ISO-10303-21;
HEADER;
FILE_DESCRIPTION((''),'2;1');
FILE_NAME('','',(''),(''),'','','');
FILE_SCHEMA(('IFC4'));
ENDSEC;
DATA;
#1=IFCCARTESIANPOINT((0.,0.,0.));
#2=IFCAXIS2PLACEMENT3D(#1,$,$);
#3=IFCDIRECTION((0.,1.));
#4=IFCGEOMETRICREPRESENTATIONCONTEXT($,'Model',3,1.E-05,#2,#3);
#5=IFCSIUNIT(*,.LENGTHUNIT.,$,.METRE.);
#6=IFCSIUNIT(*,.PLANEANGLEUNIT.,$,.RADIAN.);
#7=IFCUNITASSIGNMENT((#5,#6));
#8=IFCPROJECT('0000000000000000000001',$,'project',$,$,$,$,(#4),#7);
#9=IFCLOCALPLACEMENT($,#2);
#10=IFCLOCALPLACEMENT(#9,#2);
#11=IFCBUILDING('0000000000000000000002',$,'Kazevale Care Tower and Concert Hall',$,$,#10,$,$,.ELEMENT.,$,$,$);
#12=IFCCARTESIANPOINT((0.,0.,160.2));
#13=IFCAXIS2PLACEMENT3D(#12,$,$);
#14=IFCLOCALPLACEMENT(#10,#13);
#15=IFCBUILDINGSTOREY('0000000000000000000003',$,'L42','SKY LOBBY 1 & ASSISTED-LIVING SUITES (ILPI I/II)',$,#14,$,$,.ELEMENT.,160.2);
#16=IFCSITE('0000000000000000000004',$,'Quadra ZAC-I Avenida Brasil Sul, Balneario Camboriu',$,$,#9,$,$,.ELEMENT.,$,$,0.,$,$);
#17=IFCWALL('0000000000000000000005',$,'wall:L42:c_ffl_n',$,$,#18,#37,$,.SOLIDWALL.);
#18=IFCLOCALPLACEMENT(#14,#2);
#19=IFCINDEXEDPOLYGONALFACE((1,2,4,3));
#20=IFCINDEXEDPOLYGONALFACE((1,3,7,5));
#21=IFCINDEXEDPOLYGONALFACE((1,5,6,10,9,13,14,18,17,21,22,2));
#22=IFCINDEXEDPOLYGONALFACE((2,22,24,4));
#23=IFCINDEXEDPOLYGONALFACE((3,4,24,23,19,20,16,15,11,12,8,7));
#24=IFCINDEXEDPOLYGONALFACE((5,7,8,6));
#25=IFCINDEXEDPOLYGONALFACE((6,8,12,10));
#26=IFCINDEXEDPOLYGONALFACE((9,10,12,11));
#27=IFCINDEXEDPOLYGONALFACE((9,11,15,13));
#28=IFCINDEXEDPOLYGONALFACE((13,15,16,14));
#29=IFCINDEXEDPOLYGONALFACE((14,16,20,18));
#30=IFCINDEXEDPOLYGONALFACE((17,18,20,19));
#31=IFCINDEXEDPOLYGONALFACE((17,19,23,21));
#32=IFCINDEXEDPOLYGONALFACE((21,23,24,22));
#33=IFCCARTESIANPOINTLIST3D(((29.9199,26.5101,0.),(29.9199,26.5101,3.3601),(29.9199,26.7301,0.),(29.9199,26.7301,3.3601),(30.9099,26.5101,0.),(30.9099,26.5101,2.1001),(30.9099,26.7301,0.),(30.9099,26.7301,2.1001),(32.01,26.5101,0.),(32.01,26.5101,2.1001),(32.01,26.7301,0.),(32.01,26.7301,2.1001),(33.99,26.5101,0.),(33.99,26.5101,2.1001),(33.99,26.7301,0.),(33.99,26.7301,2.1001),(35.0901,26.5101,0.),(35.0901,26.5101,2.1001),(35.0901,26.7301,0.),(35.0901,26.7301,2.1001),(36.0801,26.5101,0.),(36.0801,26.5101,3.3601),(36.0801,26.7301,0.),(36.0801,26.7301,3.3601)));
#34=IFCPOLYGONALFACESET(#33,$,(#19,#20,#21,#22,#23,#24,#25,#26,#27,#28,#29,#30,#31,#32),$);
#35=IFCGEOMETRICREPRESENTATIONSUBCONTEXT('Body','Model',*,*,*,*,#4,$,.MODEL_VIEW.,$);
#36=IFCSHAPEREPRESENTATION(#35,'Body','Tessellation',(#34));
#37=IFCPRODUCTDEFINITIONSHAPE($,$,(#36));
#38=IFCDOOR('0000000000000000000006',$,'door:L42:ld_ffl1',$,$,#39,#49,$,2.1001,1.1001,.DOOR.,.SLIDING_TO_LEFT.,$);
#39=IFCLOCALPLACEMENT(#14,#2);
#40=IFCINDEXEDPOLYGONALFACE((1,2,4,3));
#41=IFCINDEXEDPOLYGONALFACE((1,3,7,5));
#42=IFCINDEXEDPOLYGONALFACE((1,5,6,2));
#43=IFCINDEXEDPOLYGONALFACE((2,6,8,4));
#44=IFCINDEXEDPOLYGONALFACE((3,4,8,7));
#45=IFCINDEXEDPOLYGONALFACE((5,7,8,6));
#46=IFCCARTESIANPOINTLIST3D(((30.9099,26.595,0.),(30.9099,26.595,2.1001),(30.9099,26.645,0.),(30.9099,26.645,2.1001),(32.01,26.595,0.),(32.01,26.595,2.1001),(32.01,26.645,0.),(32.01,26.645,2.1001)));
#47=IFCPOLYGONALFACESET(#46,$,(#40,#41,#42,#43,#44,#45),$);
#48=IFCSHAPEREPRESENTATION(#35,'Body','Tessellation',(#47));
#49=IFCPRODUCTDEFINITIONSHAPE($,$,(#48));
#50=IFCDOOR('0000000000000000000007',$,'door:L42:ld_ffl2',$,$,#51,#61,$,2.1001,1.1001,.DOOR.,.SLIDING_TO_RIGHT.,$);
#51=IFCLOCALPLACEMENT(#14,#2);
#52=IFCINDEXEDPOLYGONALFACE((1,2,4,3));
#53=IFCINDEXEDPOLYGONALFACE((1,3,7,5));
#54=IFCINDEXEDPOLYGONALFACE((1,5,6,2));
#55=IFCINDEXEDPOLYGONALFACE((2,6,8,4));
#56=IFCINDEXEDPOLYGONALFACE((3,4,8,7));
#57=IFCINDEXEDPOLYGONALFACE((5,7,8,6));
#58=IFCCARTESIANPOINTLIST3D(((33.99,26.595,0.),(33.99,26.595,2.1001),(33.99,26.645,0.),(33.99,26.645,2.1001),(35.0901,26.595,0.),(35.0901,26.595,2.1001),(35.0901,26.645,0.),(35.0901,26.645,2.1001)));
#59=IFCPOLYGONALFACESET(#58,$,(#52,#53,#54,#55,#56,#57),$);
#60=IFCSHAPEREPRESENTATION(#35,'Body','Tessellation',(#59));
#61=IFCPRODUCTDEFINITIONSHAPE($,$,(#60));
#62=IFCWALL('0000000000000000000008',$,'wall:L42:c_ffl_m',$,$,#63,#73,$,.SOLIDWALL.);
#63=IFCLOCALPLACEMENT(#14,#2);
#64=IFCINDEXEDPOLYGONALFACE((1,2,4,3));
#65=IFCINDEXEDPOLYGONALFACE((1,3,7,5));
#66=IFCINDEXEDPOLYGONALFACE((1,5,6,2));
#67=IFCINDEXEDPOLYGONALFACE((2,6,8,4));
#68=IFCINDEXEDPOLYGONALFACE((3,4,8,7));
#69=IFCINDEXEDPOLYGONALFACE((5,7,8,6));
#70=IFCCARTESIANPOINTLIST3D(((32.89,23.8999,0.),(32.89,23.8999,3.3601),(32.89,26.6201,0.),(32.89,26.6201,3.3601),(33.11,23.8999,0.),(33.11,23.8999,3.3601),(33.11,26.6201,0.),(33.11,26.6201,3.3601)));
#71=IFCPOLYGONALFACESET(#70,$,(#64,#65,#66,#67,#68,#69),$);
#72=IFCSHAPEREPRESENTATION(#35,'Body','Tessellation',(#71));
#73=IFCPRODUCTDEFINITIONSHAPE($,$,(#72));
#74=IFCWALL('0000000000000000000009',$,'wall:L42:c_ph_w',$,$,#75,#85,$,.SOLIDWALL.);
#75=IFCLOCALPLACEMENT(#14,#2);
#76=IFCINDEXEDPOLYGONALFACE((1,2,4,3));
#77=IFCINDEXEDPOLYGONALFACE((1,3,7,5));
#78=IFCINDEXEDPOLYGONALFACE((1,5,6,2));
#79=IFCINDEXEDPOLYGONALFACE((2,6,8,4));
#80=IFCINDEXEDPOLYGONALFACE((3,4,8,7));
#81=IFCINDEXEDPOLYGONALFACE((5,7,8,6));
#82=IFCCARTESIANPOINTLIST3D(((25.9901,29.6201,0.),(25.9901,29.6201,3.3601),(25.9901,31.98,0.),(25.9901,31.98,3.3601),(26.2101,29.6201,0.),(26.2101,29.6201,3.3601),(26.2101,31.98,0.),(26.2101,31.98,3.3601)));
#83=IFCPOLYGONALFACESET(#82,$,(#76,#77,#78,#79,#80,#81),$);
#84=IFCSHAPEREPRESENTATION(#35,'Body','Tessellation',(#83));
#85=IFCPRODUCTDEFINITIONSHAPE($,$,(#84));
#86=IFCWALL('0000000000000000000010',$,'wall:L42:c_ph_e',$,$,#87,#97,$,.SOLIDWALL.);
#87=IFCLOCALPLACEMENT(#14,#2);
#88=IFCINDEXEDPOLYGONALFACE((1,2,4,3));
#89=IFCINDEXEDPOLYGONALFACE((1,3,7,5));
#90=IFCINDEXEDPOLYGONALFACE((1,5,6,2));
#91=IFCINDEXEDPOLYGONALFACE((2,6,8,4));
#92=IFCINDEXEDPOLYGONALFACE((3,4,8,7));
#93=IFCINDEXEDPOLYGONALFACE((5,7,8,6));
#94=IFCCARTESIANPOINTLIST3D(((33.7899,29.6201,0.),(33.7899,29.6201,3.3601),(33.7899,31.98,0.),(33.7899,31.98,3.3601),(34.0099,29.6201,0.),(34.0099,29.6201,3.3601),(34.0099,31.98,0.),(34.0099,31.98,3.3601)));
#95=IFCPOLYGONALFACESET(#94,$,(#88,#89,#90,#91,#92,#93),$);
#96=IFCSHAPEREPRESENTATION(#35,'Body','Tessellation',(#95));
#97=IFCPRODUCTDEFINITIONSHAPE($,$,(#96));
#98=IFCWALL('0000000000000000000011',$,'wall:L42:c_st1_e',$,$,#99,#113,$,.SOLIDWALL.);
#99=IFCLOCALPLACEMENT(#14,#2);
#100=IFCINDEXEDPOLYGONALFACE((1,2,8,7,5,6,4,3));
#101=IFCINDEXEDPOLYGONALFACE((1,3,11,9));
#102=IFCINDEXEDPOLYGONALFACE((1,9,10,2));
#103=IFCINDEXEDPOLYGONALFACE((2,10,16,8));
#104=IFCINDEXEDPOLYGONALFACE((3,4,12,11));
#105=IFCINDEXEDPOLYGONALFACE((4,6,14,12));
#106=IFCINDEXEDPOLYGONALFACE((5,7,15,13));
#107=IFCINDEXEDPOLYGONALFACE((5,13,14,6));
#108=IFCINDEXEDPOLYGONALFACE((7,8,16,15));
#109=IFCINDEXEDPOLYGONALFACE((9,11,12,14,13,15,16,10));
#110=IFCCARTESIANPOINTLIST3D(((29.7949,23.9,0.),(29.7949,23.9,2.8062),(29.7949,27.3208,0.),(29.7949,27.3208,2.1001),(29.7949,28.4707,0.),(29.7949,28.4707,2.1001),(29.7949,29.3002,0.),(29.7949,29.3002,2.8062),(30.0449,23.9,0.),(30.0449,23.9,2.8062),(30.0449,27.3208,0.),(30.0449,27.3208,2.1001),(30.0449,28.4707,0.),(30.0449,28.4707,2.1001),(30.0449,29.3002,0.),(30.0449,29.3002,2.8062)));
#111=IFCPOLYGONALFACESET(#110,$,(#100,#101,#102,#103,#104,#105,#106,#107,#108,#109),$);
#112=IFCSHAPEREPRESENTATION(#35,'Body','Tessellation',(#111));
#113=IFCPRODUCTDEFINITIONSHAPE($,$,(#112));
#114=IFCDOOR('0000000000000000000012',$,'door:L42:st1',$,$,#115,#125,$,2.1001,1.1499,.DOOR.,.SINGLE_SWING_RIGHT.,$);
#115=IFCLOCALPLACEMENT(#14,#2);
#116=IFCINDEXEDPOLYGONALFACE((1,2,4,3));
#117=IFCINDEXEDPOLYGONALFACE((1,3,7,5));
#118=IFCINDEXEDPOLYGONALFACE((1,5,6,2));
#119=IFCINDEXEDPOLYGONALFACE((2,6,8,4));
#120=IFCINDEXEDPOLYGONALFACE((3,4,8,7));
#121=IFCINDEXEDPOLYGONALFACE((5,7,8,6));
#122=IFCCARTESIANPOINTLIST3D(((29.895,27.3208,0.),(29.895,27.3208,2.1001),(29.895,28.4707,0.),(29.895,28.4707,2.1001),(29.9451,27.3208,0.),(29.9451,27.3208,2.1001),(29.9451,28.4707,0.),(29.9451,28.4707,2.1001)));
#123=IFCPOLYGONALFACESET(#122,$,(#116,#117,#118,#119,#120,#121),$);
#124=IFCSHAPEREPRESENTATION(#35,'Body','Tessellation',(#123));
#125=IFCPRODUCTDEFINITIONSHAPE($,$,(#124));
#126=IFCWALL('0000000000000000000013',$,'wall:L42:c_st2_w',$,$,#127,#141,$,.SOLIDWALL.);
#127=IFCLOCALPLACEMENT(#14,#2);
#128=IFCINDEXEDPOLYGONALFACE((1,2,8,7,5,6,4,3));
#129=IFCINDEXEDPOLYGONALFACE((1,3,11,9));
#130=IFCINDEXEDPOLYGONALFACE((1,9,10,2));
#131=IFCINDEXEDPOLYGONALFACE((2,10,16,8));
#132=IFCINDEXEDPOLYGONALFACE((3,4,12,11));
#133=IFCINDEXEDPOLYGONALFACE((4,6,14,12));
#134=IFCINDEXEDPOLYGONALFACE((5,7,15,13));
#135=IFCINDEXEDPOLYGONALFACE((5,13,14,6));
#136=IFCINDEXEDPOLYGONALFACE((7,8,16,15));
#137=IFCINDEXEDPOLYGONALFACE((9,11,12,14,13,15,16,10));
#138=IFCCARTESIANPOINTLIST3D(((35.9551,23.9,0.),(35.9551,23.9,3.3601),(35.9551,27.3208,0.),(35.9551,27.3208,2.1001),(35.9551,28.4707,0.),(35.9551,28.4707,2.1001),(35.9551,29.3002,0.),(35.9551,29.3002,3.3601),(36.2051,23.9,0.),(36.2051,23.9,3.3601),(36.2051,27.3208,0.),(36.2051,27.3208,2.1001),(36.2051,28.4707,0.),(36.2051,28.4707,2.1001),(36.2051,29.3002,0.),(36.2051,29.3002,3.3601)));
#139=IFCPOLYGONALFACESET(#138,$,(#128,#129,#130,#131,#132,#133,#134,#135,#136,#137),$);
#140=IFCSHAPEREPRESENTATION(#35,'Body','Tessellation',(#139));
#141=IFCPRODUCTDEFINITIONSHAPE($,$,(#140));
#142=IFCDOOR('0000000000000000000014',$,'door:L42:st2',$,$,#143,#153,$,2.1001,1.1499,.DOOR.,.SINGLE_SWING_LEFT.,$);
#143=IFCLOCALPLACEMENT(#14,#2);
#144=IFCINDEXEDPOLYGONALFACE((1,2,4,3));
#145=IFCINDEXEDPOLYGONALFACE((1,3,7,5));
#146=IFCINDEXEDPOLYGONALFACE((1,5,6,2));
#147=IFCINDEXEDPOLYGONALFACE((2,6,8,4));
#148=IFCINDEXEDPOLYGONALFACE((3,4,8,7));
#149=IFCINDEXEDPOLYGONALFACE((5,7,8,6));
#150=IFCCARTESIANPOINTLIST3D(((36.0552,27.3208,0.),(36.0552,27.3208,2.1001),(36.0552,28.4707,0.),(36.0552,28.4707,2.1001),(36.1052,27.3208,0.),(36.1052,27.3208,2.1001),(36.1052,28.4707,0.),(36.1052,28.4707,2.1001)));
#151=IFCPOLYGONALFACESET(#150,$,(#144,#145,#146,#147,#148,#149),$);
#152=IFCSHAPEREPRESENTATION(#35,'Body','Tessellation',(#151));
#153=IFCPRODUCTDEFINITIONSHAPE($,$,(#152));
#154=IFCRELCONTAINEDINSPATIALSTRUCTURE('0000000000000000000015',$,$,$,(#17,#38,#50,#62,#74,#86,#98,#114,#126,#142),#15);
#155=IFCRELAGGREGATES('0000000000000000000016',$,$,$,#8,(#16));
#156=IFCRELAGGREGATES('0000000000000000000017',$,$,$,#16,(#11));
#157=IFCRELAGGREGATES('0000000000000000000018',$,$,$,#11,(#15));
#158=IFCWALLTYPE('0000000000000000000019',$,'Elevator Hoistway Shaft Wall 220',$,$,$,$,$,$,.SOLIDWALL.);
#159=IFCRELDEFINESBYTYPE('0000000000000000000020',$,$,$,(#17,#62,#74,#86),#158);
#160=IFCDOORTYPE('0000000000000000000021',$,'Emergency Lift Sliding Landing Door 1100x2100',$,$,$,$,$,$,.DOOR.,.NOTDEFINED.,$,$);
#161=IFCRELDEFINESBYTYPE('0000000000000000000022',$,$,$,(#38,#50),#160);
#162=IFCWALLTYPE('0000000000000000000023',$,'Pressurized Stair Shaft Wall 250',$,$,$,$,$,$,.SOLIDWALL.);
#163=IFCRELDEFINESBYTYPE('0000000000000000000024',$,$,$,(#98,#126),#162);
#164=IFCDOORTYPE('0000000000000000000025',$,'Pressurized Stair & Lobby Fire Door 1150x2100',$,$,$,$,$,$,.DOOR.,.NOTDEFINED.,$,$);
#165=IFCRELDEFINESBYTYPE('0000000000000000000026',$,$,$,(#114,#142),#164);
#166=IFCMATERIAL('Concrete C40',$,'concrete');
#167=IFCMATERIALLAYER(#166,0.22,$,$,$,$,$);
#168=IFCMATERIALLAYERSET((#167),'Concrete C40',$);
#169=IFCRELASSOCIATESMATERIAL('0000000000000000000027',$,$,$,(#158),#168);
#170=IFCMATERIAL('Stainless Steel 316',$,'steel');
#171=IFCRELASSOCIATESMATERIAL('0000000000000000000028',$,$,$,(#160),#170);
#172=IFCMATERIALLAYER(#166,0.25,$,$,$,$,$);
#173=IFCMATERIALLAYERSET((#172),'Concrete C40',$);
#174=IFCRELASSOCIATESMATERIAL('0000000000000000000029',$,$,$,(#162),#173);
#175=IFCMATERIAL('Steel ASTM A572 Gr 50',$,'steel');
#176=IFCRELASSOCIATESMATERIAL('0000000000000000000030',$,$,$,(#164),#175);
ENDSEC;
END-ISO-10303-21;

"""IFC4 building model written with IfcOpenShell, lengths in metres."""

from ifc_helpers import new_model, si_unit, direction, frame, frame_2d, origin, place, context, subcontext, project, spatial, rectangle, extrude, material, layer, layer_set, type_object, element, fill, save


model = new_model("IFC4")

# Units and contexts
model_context = context("Model", 3, precision=1e-05, world=origin(), true_north=direction((0.0, 1.0)))
body_context = subcontext(model_context, "Body", "Model", "MODEL_VIEW")
ifc_project = project(units=[si_unit("LENGTHUNIT", "METRE"), si_unit("PLANEANGLEUNIT", "RADIAN")], contexts=[model_context])

# Site, building, storey
site_placement = place(None, origin())
site = spatial("IfcSite", under=ifc_project, at=site_placement, Name="Quadra ZAC-I Avenida Brasil Sul, Balneario Camboriu", CompositionType="ELEMENT", RefElevation=0.0)
building_placement = place(site_placement, origin())
building = spatial("IfcBuilding", under=site, at=building_placement, Name="Kazevale Care Tower and Concert Hall", CompositionType="ELEMENT")
storey_placement = place(building_placement, frame((0.0, 0.0, 160.2)))
storey = spatial("IfcBuildingStorey", under=building, at=storey_placement, Name="L42", Description="SKY LOBBY 1 & ASSISTED-LIVING SUITES (ILPI I/II)", CompositionType="ELEMENT", Elevation=160.2)

# Shared definitions
ifc_material_1 = material(Name="Steel ASTM A572 Gr 50", Category="steel")

# Wall, openings, doors
ifc_material_2 = material(Name="Concrete C40", Category="concrete")
ifc_layer_1 = layer(ifc_material_2, 0.22)
ifc_layer_set_1 = layer_set([ifc_layer_1], Name="Concrete C40")
wall_type_1 = type_object("IfcWallType", Name="Elevator Hoistway Shaft Wall 220", PredefinedType="SOLIDWALL", material=ifc_layer_set_1)
wall_1_placement = place(storey_placement, frame((29.9199, 26.6201, 0.0), z_axis=(0.0, 0.0, 1.0), x_axis=(1.0, 0.0, 0.0)))
wall_1 = element("IfcWall", 1, at=wall_1_placement, inside=storey, type_object=wall_type_1, Name="wall:L42:c_ffl_n", PredefinedType="SOLIDWALL", context=body_context, shape_type="SweptSolid", body=[
    extrude(rectangle(XDim=6.1602, YDim=0.22, at=frame_2d((3.0801, 0.0))), origin(), (0.0, 0.0, 1.0), 3.3601),
])
opening_1_placement = place(wall_1_placement, frame((0.99, 0.0, 0.0)))
opening_1 = element("IfcOpeningElement", 2, at=opening_1_placement, cuts=wall_1, PredefinedType="OPENING", context=body_context, shape_type="SweptSolid", body=[
    extrude(rectangle(XDim=1.1001, YDim=2.1001, at=frame_2d((0.55, 1.05))), frame((0.0, 0.1199, 0.0), z_axis=(0.0, -1.0, 0.0), x_axis=(1.0, 0.0, 0.0)), (0.0, 0.0, 1.0), 0.24),
])
opening_2_placement = place(wall_1_placement, frame((4.0701, 0.0, 0.0)))
opening_2 = element("IfcOpeningElement", 3, at=opening_2_placement, cuts=wall_1, PredefinedType="OPENING", context=body_context, shape_type="SweptSolid", body=[
    extrude(rectangle(XDim=1.1001, YDim=2.1001, at=frame_2d((0.55, 1.05))), frame((0.0, 0.1199, 0.0), z_axis=(0.0, -1.0, 0.0), x_axis=(1.0, 0.0, 0.0)), (0.0, 0.0, 1.0), 0.24),
])
ifc_material_3 = material(Name="Stainless Steel 316", Category="steel")
door_type_1 = type_object("IfcDoorType", Name="Emergency Lift Sliding Landing Door 1100x2100", OperationType="NOTDEFINED", PredefinedType="DOOR", material=ifc_material_3)
door_1_placement = place(opening_1_placement, origin())
door_1 = element("IfcDoor", 4, at=door_1_placement, inside=storey, type_object=door_type_1, Name="door:L42:ld_ffl1", OperationType="SLIDING_TO_LEFT", OverallHeight=2.1001, OverallWidth=1.1001, PredefinedType="DOOR", context=body_context, shape_type="SweptSolid", body=[
    extrude(rectangle(XDim=1.1001, YDim=2.1001, at=frame_2d((0.55, 1.05))), frame((0.0, 0.0249, 0.0), z_axis=(0.0, -1.0, 0.0), x_axis=(1.0, 0.0, 0.0)), (0.0, 0.0, 1.0), 0.05),
])
fill(opening_1, door_1)
door_2_placement = place(opening_2_placement, origin())
door_2 = element("IfcDoor", 5, at=door_2_placement, inside=storey, type_object=door_type_1, Name="door:L42:ld_ffl2", OperationType="SLIDING_TO_RIGHT", OverallHeight=2.1001, OverallWidth=1.1001, PredefinedType="DOOR", context=body_context, shape_type="SweptSolid", body=[
    extrude(rectangle(XDim=1.1001, YDim=2.1001, at=frame_2d((0.55, 1.05))), frame((0.0, 0.0249, 0.0), z_axis=(0.0, -1.0, 0.0), x_axis=(1.0, 0.0, 0.0)), (0.0, 0.0, 1.0), 0.05),
])
fill(opening_2, door_2)

# Walls
wall_2_placement = place(storey_placement, frame((33.0, 23.8999, 0.0), z_axis=(0.0, 0.0, 1.0), x_axis=(0.0, 1.0, 0.0)))
element("IfcWall", 6, at=wall_2_placement, inside=storey, type_object=wall_type_1, Name="wall:L42:c_ffl_m", PredefinedType="SOLIDWALL", context=body_context, shape_type="SweptSolid", body=[
    extrude(rectangle(XDim=2.7202, YDim=0.22, at=frame_2d((1.3601, 0.0))), origin(), (0.0, 0.0, 1.0), 3.3601),
])
for number, where, z_axis, x_axis, name in (
    (7, (26.1001, 29.6201, 0.0), (0.0, 0.0, 1.0), (0.0, 1.0, 0.0), "wall:L42:c_ph_w"),
    (8, (33.8999, 29.6201, 0.0), (0.0, 0.0, 1.0), (0.0, 1.0, 0.0), "wall:L42:c_ph_e"),
):
    element("IfcWall", number, at=place(storey_placement, frame(where, z_axis=z_axis, x_axis=x_axis)), inside=storey, type_object=wall_type_1, Name=name, PredefinedType="SOLIDWALL", context=body_context, shape_type="SweptSolid", body=[
        extrude(rectangle(XDim=2.3599, YDim=0.22, at=frame_2d((1.1799, 0.0))), origin(), (0.0, 0.0, 1.0), 3.3601),
    ])

# Walls, openings, doors
ifc_layer_2 = layer(ifc_material_2, 0.25)
ifc_layer_set_2 = layer_set([ifc_layer_2], Name="Concrete C40")
wall_type_2 = type_object("IfcWallType", Name="Pressurized Stair Shaft Wall 250", PredefinedType="SOLIDWALL", material=ifc_layer_set_2)
wall_3_placement = place(storey_placement, frame((29.9199, 23.8999, 0.0), z_axis=(0.0, 0.0, 1.0), x_axis=(0.0, 1.0, 0.0)))
wall_3 = element("IfcWall", 9, at=wall_3_placement, inside=storey, type_object=wall_type_2, Name="wall:L42:c_st1_e", PredefinedType="SOLIDWALL", context=body_context, shape_type="SweptSolid", body=[
    extrude(rectangle(XDim=5.4001, YDim=0.25, at=frame_2d((2.7002, 0.0))), origin(), (0.0, 0.0, 1.0), 2.8062),
])
opening_3_placement = place(wall_3_placement, frame((3.4209, 0.0, 0.0)))
opening_3 = element("IfcOpeningElement", 10, at=opening_3_placement, cuts=wall_3, PredefinedType="OPENING", context=body_context, shape_type="SweptSolid", body=[
    extrude(rectangle(XDim=1.1499, YDim=2.1001, at=frame_2d((0.575, 1.05))), frame((0.0, 0.135, 0.0), z_axis=(0.0, -1.0, 0.0), x_axis=(1.0, 0.0, 0.0)), (0.0, 0.0, 1.0), 0.27),
])
door_type_2 = type_object("IfcDoorType", Name="Pressurized Stair & Lobby Fire Door 1150x2100", OperationType="NOTDEFINED", PredefinedType="DOOR", material=ifc_material_1)
door_3_placement = place(opening_3_placement, origin())
door_3 = element("IfcDoor", 11, at=door_3_placement, inside=storey, type_object=door_type_2, Name="door:L42:st1", OperationType="SINGLE_SWING_RIGHT", OverallHeight=2.1001, OverallWidth=1.1499, PredefinedType="DOOR", context=body_context, shape_type="SweptSolid", body=[
    extrude(rectangle(XDim=1.1499, YDim=2.1001, at=frame_2d((0.575, 1.05))), frame((0.0, 0.0249, 0.0), z_axis=(0.0, -1.0, 0.0), x_axis=(1.0, 0.0, 0.0)), (0.0, 0.0, 1.0), 0.05),
])
fill(opening_3, door_3)
wall_4_placement = place(storey_placement, frame((36.0801, 23.8999, 0.0), z_axis=(0.0, 0.0, 1.0), x_axis=(0.0, 1.0, 0.0)))
wall_4 = element("IfcWall", 12, at=wall_4_placement, inside=storey, type_object=wall_type_2, Name="wall:L42:c_st2_w", PredefinedType="SOLIDWALL", context=body_context, shape_type="SweptSolid", body=[
    extrude(rectangle(XDim=5.4001, YDim=0.25, at=frame_2d((2.7002, 0.0))), origin(), (0.0, 0.0, 1.0), 3.3601),
])
opening_4_placement = place(wall_4_placement, frame((3.4209, 0.0, 0.0)))
opening_4 = element("IfcOpeningElement", 13, at=opening_4_placement, cuts=wall_4, PredefinedType="OPENING", context=body_context, shape_type="SweptSolid", body=[
    extrude(rectangle(XDim=1.1499, YDim=2.1001, at=frame_2d((0.575, 1.05))), frame((0.0, 0.135, 0.0), z_axis=(0.0, -1.0, 0.0), x_axis=(1.0, 0.0, 0.0)), (0.0, 0.0, 1.0), 0.27),
])
door_4_placement = place(opening_4_placement, origin())
door_4 = element("IfcDoor", 14, at=door_4_placement, inside=storey, type_object=door_type_2, Name="door:L42:st2", OperationType="SINGLE_SWING_LEFT", OverallHeight=2.1001, OverallWidth=1.1499, PredefinedType="DOOR", context=body_context, shape_type="SweptSolid", body=[
    extrude(rectangle(XDim=1.1499, YDim=2.1001, at=frame_2d((0.575, 1.05))), frame((0.0, 0.0249, 0.0), z_axis=(0.0, -1.0, 0.0), x_axis=(1.0, 0.0, 0.0)), (0.0, 0.0, 1.0), 0.05),
])
fill(opening_4, door_4)

save(model, "model.ifc")
